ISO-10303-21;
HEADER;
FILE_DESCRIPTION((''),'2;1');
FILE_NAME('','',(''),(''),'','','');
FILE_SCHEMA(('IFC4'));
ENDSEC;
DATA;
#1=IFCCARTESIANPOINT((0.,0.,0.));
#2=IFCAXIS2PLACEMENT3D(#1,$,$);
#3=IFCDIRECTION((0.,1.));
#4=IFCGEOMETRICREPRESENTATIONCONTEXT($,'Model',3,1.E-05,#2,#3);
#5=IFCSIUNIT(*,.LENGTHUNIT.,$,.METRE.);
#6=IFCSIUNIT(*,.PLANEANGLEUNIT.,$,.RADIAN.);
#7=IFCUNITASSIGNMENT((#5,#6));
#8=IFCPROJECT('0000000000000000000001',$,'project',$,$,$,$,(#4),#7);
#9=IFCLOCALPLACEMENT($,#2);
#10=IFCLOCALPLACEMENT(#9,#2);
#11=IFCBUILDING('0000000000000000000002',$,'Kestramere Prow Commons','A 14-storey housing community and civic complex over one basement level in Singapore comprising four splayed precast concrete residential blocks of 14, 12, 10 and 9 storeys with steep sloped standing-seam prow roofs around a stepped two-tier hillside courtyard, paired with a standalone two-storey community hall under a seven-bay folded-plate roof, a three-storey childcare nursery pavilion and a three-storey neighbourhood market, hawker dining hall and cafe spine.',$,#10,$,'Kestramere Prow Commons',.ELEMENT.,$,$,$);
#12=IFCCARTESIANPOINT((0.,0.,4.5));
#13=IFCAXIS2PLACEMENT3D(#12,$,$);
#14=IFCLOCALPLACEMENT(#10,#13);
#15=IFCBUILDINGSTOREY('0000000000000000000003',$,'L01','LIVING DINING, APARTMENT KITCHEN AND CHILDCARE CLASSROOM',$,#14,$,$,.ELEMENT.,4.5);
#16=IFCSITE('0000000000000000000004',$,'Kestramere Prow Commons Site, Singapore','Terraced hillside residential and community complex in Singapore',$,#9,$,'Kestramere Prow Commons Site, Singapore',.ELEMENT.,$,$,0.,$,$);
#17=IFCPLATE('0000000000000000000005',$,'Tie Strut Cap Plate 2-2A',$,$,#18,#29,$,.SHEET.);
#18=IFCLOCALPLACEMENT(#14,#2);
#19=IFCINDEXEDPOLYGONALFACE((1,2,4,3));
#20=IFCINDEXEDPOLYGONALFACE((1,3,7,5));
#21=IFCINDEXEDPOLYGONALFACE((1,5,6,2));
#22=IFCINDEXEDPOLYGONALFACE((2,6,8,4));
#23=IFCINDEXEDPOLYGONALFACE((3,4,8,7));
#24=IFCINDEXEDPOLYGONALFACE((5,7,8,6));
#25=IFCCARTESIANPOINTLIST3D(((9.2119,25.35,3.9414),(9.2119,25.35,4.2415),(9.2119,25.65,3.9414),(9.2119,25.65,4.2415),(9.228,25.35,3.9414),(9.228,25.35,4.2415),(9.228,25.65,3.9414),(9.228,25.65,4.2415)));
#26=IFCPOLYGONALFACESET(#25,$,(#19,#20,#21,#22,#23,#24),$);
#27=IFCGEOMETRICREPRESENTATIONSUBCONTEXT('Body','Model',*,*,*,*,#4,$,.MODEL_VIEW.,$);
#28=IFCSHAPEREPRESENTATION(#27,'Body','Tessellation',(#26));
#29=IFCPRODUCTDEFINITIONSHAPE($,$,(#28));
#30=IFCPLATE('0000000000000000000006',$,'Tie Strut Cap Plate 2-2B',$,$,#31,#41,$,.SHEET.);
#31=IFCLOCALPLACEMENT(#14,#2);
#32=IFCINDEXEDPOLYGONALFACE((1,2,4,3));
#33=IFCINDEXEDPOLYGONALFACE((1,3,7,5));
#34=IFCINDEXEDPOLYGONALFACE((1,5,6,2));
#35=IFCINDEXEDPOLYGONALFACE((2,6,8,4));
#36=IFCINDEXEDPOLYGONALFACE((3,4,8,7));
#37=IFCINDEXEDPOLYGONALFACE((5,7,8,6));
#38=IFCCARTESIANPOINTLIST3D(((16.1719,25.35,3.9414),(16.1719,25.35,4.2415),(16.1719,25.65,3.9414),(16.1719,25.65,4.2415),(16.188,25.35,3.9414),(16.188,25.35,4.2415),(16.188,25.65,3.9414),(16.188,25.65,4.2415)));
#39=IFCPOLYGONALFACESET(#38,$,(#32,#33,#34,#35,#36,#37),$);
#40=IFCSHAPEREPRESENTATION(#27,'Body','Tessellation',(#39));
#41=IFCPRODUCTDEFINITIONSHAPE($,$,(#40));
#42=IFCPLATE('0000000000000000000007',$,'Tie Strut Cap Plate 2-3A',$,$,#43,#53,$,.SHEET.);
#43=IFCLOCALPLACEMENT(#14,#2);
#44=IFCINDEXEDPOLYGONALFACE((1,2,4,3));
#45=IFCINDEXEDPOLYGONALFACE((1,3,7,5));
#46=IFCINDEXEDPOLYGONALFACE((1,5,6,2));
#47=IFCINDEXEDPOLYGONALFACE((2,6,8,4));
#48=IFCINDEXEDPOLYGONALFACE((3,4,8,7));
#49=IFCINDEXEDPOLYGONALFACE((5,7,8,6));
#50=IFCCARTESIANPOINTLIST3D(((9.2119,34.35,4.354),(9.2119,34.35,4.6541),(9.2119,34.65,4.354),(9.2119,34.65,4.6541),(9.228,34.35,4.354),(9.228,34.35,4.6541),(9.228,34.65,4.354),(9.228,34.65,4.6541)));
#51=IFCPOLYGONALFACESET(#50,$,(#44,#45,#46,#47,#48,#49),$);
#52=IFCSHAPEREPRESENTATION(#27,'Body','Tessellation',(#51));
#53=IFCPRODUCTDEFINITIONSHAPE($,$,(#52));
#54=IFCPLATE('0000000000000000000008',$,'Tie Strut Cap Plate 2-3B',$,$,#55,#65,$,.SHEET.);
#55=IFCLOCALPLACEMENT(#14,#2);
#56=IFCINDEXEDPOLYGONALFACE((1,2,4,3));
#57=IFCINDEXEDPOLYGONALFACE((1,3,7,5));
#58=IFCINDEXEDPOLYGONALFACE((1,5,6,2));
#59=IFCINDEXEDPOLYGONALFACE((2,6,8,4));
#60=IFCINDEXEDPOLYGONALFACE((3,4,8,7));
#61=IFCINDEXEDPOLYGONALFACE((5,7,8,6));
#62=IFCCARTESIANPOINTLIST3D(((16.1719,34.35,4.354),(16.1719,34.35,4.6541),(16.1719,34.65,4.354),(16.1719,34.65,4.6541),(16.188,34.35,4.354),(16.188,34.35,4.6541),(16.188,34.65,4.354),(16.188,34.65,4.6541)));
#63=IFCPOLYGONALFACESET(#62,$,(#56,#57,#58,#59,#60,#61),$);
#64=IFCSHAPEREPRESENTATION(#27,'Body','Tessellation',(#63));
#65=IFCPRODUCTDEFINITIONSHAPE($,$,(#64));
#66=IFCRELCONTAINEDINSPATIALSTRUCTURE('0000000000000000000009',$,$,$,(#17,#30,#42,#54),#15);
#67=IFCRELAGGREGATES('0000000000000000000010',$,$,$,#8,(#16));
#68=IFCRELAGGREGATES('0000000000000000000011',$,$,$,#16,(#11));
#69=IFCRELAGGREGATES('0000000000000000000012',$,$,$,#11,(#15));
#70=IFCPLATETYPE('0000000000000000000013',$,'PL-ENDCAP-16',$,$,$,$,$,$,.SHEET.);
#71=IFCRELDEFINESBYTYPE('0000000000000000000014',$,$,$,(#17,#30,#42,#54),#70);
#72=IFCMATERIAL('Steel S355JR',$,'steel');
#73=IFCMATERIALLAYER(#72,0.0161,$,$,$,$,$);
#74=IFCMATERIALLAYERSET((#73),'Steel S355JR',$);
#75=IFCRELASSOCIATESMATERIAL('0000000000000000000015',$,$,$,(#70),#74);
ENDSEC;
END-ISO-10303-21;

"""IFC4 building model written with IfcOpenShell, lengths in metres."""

from ifc_helpers import new_model, si_unit, direction, frame, origin, origin_2d, place, context, subcontext, project, spatial, rectangle, extrude, material, layer, layer_set, type_object, element, save


model = new_model("IFC4")

# Units and contexts
model_context = context("Model", 3, precision=1e-05, world=origin(), true_north=direction((0.0, 1.0)))
body_context = subcontext(model_context, "Body", "Model", "MODEL_VIEW")
ifc_project = project(units=[si_unit("LENGTHUNIT", "METRE"), si_unit("PLANEANGLEUNIT", "RADIAN")], contexts=[model_context])

# Site, building, storey
site_placement = place(None, origin())
site = spatial("IfcSite", under=ifc_project, at=site_placement, Name="Kestramere Prow Commons Site, Singapore", Description="Terraced hillside residential and community complex in Singapore", LongName="Kestramere Prow Commons Site, Singapore", CompositionType="ELEMENT", RefElevation=0.0)
building_placement = place(site_placement, origin())
building = spatial("IfcBuilding", under=site, at=building_placement, Name="Kestramere Prow Commons", Description="A 14-storey housing community and civic complex over one basement level in Singapore comprising four splayed precast concrete residential blocks of 14, 12, 10 and 9 storeys with steep sloped standing-seam prow roofs around a stepped two-tier hillside courtyard, paired with a standalone two-storey community hall under a seven-bay folded-plate roof, a three-storey childcare nursery pavilion and a three-storey neighbourhood market, hawker dining hall and cafe spine.", LongName="Kestramere Prow Commons", CompositionType="ELEMENT")
storey_placement = place(building_placement, frame((0.0, 0.0, 4.5)))
storey = spatial("IfcBuildingStorey", under=building, at=storey_placement, Name="L01", Description="LIVING DINING, APARTMENT KITCHEN AND CHILDCARE CLASSROOM", CompositionType="ELEMENT", Elevation=4.5)

# Shared definitions
ifc_material_1 = material(Name="Steel S355JR", Category="steel")

# Plates
ifc_layer = layer(ifc_material_1, 0.0161)
ifc_layer_set = layer_set([ifc_layer], Name="Steel S355JR")
plate_type = type_object("IfcPlateType", Name="PL-ENDCAP-16", PredefinedType="SHEET", material=ifc_layer_set)
for number, where, z_axis, x_axis, name in (
    (1, (9.22, 25.5, 3.9414), (0.0, 0.0, 1.0), (1.0, 0.0, 0.0), "Tie Strut Cap Plate 2-2A"),
    (2, (16.1799, 25.5, 3.9414), (0.0, 0.0, 1.0), (1.0, 0.0, 0.0), "Tie Strut Cap Plate 2-2B"),
    (3, (9.22, 34.5, 4.354), (0.0, 0.0, 1.0), (1.0, 0.0, 0.0), "Tie Strut Cap Plate 2-3A"),
    (4, (16.1799, 34.5, 4.354), (0.0, 0.0, 1.0), (1.0, 0.0, 0.0), "Tie Strut Cap Plate 2-3B"),
):
    element("IfcPlate", number, at=place(storey_placement, frame(where, z_axis=z_axis, x_axis=x_axis)), inside=storey, type_object=plate_type, Name=name, PredefinedType="SHEET", context=body_context, shape_type="SweptSolid", body=[
        extrude(rectangle(XDim=0.0161, YDim=0.3, at=origin_2d()), origin(), (0.0, 0.0, 1.0), 0.3),
    ])

save(model, "model.ifc")
